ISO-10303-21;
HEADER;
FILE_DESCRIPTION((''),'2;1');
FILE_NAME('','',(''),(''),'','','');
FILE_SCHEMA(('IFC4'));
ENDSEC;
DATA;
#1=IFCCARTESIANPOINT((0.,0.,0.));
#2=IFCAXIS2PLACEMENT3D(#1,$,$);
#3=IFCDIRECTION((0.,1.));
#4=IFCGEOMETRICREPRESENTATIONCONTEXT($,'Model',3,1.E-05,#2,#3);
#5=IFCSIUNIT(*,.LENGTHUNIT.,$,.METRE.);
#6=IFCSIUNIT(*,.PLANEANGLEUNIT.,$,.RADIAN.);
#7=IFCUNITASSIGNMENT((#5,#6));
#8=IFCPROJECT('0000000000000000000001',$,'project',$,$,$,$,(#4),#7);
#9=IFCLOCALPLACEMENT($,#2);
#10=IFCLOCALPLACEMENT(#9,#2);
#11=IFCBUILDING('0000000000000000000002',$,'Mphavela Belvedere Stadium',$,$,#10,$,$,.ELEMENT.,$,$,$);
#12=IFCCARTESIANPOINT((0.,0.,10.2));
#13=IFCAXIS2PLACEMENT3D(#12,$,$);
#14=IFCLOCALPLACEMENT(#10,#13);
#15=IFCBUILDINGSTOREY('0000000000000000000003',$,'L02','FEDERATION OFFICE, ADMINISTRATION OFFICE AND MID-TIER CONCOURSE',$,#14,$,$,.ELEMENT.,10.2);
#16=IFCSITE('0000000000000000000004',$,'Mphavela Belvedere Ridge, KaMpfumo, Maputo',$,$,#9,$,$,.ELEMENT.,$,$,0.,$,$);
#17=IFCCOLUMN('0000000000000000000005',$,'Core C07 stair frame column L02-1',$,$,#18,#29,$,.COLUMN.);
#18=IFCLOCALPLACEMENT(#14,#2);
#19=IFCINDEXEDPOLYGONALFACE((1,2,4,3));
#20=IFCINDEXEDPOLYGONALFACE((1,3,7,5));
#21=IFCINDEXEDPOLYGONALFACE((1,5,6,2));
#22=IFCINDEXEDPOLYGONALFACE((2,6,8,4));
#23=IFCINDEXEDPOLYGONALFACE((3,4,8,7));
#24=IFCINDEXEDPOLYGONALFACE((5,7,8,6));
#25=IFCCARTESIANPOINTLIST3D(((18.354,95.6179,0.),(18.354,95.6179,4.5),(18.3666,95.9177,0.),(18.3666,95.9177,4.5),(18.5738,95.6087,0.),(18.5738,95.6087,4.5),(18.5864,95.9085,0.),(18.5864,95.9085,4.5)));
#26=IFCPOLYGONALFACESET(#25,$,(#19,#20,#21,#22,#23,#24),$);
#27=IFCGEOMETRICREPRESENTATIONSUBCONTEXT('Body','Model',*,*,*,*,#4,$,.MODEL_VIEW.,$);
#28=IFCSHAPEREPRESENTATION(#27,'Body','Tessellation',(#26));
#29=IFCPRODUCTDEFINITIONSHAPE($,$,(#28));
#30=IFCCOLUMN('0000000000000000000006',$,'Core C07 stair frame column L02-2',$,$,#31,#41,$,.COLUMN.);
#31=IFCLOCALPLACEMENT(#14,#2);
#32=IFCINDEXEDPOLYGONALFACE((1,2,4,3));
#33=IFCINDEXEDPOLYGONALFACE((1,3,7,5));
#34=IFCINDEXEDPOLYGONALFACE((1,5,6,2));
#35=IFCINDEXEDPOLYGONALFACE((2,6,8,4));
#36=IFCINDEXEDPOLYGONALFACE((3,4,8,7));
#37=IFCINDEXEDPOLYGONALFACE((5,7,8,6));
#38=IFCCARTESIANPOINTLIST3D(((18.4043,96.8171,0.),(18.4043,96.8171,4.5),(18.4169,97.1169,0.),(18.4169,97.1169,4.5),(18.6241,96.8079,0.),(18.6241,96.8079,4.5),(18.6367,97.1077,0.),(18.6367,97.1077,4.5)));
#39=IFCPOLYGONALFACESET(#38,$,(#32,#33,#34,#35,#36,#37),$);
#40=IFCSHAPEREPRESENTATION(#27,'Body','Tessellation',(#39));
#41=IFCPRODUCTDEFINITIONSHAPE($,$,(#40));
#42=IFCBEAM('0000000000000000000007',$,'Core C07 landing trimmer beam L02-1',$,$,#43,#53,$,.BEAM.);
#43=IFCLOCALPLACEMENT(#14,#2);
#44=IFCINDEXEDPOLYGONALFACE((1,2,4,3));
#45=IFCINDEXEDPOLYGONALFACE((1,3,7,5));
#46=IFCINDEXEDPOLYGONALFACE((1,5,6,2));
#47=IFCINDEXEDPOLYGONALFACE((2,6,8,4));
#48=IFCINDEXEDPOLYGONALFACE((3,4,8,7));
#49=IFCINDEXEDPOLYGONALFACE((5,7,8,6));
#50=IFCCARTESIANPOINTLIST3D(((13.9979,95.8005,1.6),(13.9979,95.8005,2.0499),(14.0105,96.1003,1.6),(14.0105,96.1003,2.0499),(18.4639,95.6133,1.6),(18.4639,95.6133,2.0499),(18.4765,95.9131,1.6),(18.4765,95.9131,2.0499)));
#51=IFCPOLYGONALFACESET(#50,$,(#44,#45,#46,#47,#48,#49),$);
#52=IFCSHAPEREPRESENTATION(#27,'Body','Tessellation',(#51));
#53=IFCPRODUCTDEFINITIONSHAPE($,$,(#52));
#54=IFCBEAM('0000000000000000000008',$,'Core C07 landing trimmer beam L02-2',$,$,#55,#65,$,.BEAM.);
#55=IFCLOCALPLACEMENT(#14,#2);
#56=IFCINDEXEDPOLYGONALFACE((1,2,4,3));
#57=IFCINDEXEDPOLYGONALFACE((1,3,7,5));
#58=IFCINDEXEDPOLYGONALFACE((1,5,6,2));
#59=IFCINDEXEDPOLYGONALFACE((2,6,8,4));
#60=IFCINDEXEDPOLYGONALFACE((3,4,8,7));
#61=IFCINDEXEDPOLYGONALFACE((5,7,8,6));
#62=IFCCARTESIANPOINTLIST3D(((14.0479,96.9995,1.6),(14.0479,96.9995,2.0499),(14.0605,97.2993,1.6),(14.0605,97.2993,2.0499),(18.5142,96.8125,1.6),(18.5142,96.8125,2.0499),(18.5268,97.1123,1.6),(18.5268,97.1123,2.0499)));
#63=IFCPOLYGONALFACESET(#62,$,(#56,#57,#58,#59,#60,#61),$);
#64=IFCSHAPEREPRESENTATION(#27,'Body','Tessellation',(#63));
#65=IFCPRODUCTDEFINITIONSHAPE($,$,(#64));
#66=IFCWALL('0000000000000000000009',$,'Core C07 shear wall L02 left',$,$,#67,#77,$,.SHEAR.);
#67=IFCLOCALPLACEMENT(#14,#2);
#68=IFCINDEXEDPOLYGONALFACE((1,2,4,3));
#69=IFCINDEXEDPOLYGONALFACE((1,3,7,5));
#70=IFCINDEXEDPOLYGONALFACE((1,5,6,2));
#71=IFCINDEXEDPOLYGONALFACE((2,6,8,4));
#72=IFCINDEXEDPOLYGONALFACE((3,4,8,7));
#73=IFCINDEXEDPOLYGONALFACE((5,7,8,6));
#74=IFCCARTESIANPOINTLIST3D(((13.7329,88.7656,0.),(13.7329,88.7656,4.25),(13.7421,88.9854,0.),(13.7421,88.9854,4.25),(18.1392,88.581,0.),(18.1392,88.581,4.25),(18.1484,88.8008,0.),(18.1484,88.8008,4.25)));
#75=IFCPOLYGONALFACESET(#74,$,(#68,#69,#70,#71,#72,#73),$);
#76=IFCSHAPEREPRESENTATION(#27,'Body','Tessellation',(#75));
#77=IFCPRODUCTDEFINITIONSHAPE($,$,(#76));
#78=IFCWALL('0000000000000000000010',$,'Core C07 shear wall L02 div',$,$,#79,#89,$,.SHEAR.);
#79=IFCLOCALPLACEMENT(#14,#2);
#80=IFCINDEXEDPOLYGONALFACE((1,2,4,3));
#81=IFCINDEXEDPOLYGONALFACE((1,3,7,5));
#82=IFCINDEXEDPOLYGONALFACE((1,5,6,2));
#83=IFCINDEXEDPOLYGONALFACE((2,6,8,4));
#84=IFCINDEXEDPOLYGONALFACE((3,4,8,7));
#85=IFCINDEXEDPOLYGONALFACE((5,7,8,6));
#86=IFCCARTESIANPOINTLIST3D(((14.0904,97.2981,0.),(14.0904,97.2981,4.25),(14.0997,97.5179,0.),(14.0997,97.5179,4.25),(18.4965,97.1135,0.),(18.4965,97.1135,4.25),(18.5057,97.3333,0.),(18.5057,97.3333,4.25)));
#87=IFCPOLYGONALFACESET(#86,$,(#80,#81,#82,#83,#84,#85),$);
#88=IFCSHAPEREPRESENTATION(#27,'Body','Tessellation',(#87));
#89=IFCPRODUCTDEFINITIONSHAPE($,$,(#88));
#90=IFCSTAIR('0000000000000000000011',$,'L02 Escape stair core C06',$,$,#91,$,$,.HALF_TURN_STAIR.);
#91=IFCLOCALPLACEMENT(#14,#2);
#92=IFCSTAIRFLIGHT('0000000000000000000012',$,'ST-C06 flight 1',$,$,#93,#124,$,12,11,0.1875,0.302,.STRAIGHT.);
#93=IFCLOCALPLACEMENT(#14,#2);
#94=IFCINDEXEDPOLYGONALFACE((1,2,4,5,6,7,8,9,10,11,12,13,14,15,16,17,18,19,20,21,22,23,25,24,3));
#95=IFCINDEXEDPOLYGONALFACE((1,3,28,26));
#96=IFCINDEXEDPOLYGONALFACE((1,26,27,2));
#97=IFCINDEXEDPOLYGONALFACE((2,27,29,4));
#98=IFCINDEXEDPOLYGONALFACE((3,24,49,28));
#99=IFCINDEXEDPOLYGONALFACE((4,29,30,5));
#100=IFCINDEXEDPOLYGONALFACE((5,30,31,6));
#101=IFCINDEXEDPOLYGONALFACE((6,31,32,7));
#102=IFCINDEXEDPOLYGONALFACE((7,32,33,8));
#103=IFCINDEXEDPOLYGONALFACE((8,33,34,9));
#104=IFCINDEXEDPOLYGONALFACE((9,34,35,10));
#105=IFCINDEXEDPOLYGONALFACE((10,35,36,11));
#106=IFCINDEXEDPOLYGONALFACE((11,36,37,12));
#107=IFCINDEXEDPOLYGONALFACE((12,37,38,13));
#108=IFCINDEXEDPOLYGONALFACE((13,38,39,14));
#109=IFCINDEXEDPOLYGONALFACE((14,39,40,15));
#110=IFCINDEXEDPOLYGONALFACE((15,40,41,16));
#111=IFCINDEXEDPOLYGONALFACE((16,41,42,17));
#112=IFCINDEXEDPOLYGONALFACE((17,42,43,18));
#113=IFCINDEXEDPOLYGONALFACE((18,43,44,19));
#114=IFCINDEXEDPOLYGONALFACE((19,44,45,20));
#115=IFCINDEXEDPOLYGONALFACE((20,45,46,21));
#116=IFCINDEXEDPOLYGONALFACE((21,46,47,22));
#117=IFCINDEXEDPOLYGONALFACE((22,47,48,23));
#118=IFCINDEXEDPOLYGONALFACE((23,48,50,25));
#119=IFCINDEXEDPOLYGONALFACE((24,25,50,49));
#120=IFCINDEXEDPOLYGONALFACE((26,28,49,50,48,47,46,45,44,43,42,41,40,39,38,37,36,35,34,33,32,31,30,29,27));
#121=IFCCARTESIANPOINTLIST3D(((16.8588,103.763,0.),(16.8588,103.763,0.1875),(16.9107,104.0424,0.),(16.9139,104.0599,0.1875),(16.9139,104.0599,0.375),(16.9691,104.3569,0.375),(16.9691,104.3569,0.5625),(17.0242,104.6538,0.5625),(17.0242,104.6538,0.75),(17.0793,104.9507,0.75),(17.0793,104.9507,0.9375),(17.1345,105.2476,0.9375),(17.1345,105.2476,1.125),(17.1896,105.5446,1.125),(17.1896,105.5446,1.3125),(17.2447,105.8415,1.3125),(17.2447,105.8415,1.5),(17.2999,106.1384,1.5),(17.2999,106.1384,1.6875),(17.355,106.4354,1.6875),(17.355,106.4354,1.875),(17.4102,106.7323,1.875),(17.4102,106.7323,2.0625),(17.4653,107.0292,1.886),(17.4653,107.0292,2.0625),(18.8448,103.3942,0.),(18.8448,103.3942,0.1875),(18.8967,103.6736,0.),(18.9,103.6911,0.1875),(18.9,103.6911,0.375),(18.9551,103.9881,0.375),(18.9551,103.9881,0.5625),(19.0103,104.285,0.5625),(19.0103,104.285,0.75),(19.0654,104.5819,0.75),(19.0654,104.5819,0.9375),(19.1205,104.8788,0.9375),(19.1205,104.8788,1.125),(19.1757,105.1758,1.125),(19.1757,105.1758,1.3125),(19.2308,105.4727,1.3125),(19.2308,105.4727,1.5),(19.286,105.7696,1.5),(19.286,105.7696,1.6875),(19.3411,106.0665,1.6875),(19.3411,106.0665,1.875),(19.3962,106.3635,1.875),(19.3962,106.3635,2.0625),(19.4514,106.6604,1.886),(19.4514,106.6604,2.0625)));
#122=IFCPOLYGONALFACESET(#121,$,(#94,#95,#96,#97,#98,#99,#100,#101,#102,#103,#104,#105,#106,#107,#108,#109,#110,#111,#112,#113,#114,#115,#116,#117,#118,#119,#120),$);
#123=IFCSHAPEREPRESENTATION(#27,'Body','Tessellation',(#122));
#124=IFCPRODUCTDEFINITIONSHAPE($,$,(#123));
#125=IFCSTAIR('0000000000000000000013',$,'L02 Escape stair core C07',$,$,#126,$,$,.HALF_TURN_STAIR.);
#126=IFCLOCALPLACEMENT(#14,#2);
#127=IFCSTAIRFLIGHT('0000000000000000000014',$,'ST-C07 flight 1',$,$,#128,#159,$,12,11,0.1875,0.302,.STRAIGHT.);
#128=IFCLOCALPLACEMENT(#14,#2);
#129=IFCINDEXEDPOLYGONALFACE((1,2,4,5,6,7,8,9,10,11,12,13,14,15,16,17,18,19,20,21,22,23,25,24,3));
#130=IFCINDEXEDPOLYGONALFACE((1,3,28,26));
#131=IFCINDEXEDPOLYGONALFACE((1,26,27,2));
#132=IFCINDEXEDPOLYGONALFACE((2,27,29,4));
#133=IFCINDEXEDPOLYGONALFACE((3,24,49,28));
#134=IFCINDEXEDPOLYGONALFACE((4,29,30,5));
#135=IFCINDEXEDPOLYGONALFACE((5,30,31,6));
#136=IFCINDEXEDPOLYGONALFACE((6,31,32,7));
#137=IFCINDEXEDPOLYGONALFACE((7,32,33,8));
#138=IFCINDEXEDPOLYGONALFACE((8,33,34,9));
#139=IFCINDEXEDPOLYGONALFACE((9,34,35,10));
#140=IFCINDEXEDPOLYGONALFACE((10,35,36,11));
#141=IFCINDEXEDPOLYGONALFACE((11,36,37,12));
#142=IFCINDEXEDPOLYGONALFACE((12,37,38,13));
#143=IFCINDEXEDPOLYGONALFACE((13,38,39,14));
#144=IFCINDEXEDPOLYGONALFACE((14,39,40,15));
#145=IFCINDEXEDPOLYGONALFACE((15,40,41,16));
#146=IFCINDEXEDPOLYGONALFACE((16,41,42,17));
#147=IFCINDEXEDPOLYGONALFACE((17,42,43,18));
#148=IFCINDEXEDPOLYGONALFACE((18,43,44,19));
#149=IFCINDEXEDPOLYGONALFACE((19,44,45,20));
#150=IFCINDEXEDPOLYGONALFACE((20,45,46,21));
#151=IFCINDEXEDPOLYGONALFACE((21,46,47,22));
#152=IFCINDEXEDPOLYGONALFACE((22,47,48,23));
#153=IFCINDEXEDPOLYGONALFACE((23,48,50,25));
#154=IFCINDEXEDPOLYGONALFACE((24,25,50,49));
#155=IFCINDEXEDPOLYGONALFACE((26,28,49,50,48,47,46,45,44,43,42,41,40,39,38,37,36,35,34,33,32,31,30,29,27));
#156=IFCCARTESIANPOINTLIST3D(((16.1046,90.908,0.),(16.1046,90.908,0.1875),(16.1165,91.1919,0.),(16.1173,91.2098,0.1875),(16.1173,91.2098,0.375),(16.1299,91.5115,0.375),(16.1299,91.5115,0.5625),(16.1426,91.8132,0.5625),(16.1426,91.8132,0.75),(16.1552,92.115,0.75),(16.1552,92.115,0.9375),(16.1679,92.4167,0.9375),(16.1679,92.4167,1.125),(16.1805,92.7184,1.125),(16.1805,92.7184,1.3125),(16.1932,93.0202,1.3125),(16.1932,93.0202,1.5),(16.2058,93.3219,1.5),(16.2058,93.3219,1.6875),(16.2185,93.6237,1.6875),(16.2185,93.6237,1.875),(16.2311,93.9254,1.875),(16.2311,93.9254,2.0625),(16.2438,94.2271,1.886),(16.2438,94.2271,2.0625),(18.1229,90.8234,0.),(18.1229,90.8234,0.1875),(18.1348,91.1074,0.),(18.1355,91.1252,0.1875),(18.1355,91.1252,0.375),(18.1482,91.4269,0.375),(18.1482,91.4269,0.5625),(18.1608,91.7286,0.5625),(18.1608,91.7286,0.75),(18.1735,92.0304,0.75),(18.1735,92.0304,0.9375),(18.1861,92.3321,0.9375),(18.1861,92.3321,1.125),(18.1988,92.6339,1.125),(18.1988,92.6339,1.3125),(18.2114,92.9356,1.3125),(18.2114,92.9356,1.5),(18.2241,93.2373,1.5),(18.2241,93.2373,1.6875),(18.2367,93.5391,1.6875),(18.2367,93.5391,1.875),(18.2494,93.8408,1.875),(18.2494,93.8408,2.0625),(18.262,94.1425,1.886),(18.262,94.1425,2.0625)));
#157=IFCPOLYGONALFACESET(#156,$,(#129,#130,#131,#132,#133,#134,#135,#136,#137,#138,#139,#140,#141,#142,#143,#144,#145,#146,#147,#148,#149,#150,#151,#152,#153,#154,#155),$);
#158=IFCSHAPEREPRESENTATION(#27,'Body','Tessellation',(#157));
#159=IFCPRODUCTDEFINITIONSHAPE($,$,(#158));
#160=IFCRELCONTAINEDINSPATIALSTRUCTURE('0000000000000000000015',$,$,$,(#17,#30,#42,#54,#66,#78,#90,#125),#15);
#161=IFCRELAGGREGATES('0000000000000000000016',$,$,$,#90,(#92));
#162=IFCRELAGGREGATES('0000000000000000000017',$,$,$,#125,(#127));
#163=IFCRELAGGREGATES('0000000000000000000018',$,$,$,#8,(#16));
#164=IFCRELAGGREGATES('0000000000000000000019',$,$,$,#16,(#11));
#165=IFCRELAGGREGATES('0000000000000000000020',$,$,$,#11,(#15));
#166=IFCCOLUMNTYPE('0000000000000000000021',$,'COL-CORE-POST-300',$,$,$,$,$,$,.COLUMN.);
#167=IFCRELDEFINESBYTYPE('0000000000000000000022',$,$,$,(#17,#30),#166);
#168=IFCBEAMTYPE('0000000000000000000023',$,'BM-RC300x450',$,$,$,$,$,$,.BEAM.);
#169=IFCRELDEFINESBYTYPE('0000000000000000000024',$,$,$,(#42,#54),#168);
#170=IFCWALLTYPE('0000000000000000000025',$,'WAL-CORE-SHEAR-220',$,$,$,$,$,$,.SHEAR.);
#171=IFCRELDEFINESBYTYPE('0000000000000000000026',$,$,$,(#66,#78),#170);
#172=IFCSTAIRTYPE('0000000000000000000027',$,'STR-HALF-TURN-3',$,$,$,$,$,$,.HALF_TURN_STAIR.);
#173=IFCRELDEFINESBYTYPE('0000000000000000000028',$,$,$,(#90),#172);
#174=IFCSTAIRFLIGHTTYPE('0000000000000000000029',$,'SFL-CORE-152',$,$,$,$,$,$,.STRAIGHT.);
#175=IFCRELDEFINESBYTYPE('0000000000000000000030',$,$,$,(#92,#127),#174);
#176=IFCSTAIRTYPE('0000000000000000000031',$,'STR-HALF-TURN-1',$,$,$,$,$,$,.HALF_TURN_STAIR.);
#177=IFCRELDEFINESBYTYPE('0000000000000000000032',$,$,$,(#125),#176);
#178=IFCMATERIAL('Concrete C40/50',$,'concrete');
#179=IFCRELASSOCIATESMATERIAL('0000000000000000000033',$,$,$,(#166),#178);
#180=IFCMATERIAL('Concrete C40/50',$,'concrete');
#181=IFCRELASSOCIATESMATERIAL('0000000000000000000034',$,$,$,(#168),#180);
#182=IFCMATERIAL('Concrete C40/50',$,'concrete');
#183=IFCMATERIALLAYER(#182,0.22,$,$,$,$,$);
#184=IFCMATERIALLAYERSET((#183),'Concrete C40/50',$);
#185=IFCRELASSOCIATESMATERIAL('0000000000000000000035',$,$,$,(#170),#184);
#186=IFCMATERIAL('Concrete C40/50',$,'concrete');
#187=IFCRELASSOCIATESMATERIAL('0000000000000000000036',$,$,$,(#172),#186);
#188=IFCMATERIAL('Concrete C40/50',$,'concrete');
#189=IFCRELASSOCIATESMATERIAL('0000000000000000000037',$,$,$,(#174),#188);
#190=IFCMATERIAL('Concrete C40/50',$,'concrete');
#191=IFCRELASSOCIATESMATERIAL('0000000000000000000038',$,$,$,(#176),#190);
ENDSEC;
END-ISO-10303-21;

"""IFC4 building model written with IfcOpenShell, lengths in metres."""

from ifc_helpers import new_model, si_unit, direction, frame, frame_2d, origin, origin_2d, place, context, subcontext, project, spatial, polyline, rectangle, outline, extrude, material, layer, layer_set, material_profile, profile_set, type_object, element, aggregate, save


model = new_model("IFC4")

# Units and contexts
model_context = context("Model", 3, precision=1e-05, world=origin(), true_north=direction((0.0, 1.0)))
body_context = subcontext(model_context, "Body", "Model", "MODEL_VIEW")
ifc_project = project(units=[si_unit("LENGTHUNIT", "METRE"), si_unit("PLANEANGLEUNIT", "RADIAN")], contexts=[model_context])

# Site, building, storey
site_placement = place(None, origin())
site = spatial("IfcSite", under=ifc_project, at=site_placement, Name="Mphavela Belvedere Ridge, KaMpfumo, Maputo", CompositionType="ELEMENT", RefElevation=0.0)
building_placement = place(site_placement, origin())
building = spatial("IfcBuilding", under=site, at=building_placement, Name="Mphavela Belvedere Stadium", CompositionType="ELEMENT")
storey_placement = place(building_placement, frame((0.0, 0.0, 10.2)))
storey = spatial("IfcBuildingStorey", under=building, at=storey_placement, Name="L02", Description="FEDERATION OFFICE, ADMINISTRATION OFFICE AND MID-TIER CONCOURSE", CompositionType="ELEMENT", Elevation=10.2)

# Columns
ifc_material_1 = material(Name="Concrete C40/50", Category="concrete")
ifc_material_profile_1 = material_profile(ifc_material_1, rectangle(XDim=0.3, YDim=0.22, at=origin_2d()), Name="RC 300x220")
ifc_profile_set_1 = profile_set([ifc_material_profile_1], Name="Concrete C40/50")
column_type = type_object("IfcColumnType", Name="COL-CORE-POST-300", PredefinedType="COLUMN", material=ifc_profile_set_1)
for number, where, z_axis, x_axis, name in (
    (1, (18.4702, 95.7632, 0.0), (0.0, 0.0, 1.0), (0.041876, 0.999123, 0.0), "Core C07 stair frame column L02-1"),
    (2, (18.5205, 96.9624, 0.0), (0.0, 0.0, 1.0), (0.041876, 0.999123, 0.0), "Core C07 stair frame column L02-2"),
):
    element("IfcColumn", number, at=place(storey_placement, frame(where, z_axis=z_axis, x_axis=x_axis)), inside=storey, type_object=column_type, Name=name, PredefinedType="COLUMN", context=body_context, shape_type="SweptSolid", body=[
        extrude(rectangle(XDim=0.3, YDim=0.22, at=origin_2d()), origin(), (0.0, 0.0, 1.0), 4.5),
    ])

# Beams
ifc_material_2 = material(Name="Concrete C40/50", Category="concrete")
ifc_material_profile_2 = material_profile(ifc_material_2, rectangle(XDim=0.3, YDim=0.45, at=origin_2d()), Name="RC 300x450")
ifc_profile_set_2 = profile_set([ifc_material_profile_2], Name="Concrete C40/50")
beam_type = type_object("IfcBeamType", Name="BM-RC300x450", PredefinedType="BEAM", material=ifc_profile_set_2)
beam_1_placement = place(storey_placement, frame((18.4702, 95.7632, 1.825), z_axis=(-0.999122, 0.041892, 0.0), x_axis=(-0.041892, -0.999122, 0.0)))
element("IfcBeam", 3, at=beam_1_placement, inside=storey, type_object=beam_type, Name="Core C07 landing trimmer beam L02-1", PredefinedType="BEAM", context=body_context, shape_type="SweptSolid", body=[
    extrude(rectangle(XDim=0.3, YDim=0.45, at=origin_2d()), origin(), (0.0, 0.0, 1.0), 4.47),
])
beam_2_placement = place(storey_placement, frame((18.5205, 96.9624, 1.825), z_axis=(-0.999125, 0.041835, 0.0), x_axis=(-0.041835, -0.999125, 0.0)))
element("IfcBeam", 4, at=beam_2_placement, inside=storey, type_object=beam_type, Name="Core C07 landing trimmer beam L02-2", PredefinedType="BEAM", context=body_context, shape_type="SweptSolid", body=[
    extrude(rectangle(XDim=0.3, YDim=0.45, at=origin_2d()), origin(), (0.0, 0.0, 1.0), 4.4702),
])

# Wall
ifc_material_3 = material(Name="Concrete C40/50", Category="concrete")
ifc_layer = layer(ifc_material_3, 0.22)
ifc_layer_set = layer_set([ifc_layer], Name="Concrete C40/50")
wall_type = type_object("IfcWallType", Name="WAL-CORE-SHEAR-220", PredefinedType="SHEAR", material=ifc_layer_set)
wall_1_placement = place(storey_placement, frame((18.1438, 88.6909, 0.0), z_axis=(0.0, 0.0, 1.0), x_axis=(-0.999124, 0.041852, 0.0)))
element("IfcWall", 5, at=wall_1_placement, inside=storey, type_object=wall_type, Name="Core C07 shear wall L02 left", PredefinedType="SHEAR", context=body_context, shape_type="SweptSolid", body=[
    extrude(rectangle(XDim=4.4102, YDim=0.22, at=frame_2d((2.2051, 0.0))), origin(), (0.0, 0.0, 1.0), 4.25),
])

# Wall
wall_2_placement = place(storey_placement, frame((18.5012, 97.2234, 0.0), z_axis=(0.0, 0.0, 1.0), x_axis=(-0.999124, 0.041854, 0.0)))
element("IfcWall", 6, at=wall_2_placement, inside=storey, type_object=wall_type, Name="Core C07 shear wall L02 div", PredefinedType="SHEAR", context=body_context, shape_type="SweptSolid", body=[
    extrude(rectangle(XDim=4.4099, YDim=0.22, at=frame_2d((2.2051, 0.0))), origin(), (0.0, 0.0, 1.0), 4.25),
])

# Stairs, stair flights
ifc_material_4 = material(Name="Concrete C40/50", Category="concrete")
stair_type_1 = type_object("IfcStairType", Name="STR-HALF-TURN-3", PredefinedType="HALF_TURN_STAIR", material=ifc_material_4)
stair_1_placement = place(storey_placement, origin())
stair_1 = element("IfcStair", 7, at=stair_1_placement, inside=storey, type_object=stair_type_1, Name="L02 Escape stair core C06", PredefinedType="HALF_TURN_STAIR")
ifc_material_5 = material(Name="Concrete C40/50", Category="concrete")
stair_flight_type = type_object("IfcStairFlightType", Name="SFL-CORE-152", PredefinedType="STRAIGHT", material=ifc_material_5)
stair_flight_1_placement = place(storey_placement, frame((17.8518, 103.5786, 0.0), z_axis=(0.0, 0.0, 1.0), x_axis=(0.182579, 0.983191, 0.0)))
stair_flight_1 = element("IfcStairFlight", 8, at=stair_flight_1_placement, type_object=stair_flight_type, Name="ST-C06 flight 1", NumberOfRisers=12, NumberOfTreads=11, PredefinedType="STRAIGHT", RiserHeight=0.1875, TreadLength=0.302, context=body_context, shape_type="SweptSolid", body=[
    extrude(outline(polyline([(0.0, 0.0), (0.0, 0.1875), (0.302, 0.1875), (0.302, 0.375), (0.604, 0.375), (0.604, 0.5625), (0.906, 0.5625), (0.906, 0.75), (1.208, 0.75), (1.208, 0.9375), (1.51, 0.9375), (1.51, 1.125), (1.812, 1.125), (1.812, 1.3125), (2.114, 1.3125), (2.114, 1.5), (2.416, 1.5), (2.416, 1.6875), (2.718, 1.6875), (2.718, 1.875), (3.02, 1.875), (3.02, 2.0625), (3.322, 2.0625), (3.322, 2.25), (3.322, 1.886), (0.2842, 0.0), (0.0, 0.0)])), frame((0.0, 1.01, 0.0), z_axis=(0.0, -1.0, 0.0), x_axis=(1.0, 0.0, 0.0)), (0.0, 0.0, 1.0), 2.02),
])
aggregate(stair_1, [stair_flight_1])
ifc_material_6 = material(Name="Concrete C40/50", Category="concrete")
stair_type_2 = type_object("IfcStairType", Name="STR-HALF-TURN-1", PredefinedType="HALF_TURN_STAIR", material=ifc_material_6)
stair_2_placement = place(storey_placement, origin())
stair_2 = element("IfcStair", 9, at=stair_2_placement, inside=storey, type_object=stair_type_2, Name="L02 Escape stair core C07", PredefinedType="HALF_TURN_STAIR")
stair_flight_2_placement = place(storey_placement, frame((17.1138, 90.8657, 0.0), z_axis=(0.0, 0.0, 1.0), x_axis=(0.041876, 0.999123, 0.0)))
stair_flight_2 = element("IfcStairFlight", 10, at=stair_flight_2_placement, type_object=stair_flight_type, Name="ST-C07 flight 1", NumberOfRisers=12, NumberOfTreads=11, PredefinedType="STRAIGHT", RiserHeight=0.1875, TreadLength=0.302, context=body_context, shape_type="SweptSolid", body=[
    extrude(outline(polyline([(0.0, 0.0), (0.0, 0.1875), (0.302, 0.1875), (0.302, 0.375), (0.604, 0.375), (0.604, 0.5625), (0.906, 0.5625), (0.906, 0.75), (1.208, 0.75), (1.208, 0.9375), (1.51, 0.9375), (1.51, 1.125), (1.812, 1.125), (1.812, 1.3125), (2.114, 1.3125), (2.114, 1.5), (2.416, 1.5), (2.416, 1.6875), (2.718, 1.6875), (2.718, 1.875), (3.02, 1.875), (3.02, 2.0625), (3.322, 2.0625), (3.322, 2.25), (3.322, 1.886), (0.2842, 0.0), (0.0, 0.0)])), frame((0.0, 1.01, 0.0), z_axis=(0.0, -1.0, 0.0), x_axis=(1.0, 0.0, 0.0)), (0.0, 0.0, 1.0), 2.02),
])
aggregate(stair_2, [stair_flight_2])

save(model, "model.ifc")
